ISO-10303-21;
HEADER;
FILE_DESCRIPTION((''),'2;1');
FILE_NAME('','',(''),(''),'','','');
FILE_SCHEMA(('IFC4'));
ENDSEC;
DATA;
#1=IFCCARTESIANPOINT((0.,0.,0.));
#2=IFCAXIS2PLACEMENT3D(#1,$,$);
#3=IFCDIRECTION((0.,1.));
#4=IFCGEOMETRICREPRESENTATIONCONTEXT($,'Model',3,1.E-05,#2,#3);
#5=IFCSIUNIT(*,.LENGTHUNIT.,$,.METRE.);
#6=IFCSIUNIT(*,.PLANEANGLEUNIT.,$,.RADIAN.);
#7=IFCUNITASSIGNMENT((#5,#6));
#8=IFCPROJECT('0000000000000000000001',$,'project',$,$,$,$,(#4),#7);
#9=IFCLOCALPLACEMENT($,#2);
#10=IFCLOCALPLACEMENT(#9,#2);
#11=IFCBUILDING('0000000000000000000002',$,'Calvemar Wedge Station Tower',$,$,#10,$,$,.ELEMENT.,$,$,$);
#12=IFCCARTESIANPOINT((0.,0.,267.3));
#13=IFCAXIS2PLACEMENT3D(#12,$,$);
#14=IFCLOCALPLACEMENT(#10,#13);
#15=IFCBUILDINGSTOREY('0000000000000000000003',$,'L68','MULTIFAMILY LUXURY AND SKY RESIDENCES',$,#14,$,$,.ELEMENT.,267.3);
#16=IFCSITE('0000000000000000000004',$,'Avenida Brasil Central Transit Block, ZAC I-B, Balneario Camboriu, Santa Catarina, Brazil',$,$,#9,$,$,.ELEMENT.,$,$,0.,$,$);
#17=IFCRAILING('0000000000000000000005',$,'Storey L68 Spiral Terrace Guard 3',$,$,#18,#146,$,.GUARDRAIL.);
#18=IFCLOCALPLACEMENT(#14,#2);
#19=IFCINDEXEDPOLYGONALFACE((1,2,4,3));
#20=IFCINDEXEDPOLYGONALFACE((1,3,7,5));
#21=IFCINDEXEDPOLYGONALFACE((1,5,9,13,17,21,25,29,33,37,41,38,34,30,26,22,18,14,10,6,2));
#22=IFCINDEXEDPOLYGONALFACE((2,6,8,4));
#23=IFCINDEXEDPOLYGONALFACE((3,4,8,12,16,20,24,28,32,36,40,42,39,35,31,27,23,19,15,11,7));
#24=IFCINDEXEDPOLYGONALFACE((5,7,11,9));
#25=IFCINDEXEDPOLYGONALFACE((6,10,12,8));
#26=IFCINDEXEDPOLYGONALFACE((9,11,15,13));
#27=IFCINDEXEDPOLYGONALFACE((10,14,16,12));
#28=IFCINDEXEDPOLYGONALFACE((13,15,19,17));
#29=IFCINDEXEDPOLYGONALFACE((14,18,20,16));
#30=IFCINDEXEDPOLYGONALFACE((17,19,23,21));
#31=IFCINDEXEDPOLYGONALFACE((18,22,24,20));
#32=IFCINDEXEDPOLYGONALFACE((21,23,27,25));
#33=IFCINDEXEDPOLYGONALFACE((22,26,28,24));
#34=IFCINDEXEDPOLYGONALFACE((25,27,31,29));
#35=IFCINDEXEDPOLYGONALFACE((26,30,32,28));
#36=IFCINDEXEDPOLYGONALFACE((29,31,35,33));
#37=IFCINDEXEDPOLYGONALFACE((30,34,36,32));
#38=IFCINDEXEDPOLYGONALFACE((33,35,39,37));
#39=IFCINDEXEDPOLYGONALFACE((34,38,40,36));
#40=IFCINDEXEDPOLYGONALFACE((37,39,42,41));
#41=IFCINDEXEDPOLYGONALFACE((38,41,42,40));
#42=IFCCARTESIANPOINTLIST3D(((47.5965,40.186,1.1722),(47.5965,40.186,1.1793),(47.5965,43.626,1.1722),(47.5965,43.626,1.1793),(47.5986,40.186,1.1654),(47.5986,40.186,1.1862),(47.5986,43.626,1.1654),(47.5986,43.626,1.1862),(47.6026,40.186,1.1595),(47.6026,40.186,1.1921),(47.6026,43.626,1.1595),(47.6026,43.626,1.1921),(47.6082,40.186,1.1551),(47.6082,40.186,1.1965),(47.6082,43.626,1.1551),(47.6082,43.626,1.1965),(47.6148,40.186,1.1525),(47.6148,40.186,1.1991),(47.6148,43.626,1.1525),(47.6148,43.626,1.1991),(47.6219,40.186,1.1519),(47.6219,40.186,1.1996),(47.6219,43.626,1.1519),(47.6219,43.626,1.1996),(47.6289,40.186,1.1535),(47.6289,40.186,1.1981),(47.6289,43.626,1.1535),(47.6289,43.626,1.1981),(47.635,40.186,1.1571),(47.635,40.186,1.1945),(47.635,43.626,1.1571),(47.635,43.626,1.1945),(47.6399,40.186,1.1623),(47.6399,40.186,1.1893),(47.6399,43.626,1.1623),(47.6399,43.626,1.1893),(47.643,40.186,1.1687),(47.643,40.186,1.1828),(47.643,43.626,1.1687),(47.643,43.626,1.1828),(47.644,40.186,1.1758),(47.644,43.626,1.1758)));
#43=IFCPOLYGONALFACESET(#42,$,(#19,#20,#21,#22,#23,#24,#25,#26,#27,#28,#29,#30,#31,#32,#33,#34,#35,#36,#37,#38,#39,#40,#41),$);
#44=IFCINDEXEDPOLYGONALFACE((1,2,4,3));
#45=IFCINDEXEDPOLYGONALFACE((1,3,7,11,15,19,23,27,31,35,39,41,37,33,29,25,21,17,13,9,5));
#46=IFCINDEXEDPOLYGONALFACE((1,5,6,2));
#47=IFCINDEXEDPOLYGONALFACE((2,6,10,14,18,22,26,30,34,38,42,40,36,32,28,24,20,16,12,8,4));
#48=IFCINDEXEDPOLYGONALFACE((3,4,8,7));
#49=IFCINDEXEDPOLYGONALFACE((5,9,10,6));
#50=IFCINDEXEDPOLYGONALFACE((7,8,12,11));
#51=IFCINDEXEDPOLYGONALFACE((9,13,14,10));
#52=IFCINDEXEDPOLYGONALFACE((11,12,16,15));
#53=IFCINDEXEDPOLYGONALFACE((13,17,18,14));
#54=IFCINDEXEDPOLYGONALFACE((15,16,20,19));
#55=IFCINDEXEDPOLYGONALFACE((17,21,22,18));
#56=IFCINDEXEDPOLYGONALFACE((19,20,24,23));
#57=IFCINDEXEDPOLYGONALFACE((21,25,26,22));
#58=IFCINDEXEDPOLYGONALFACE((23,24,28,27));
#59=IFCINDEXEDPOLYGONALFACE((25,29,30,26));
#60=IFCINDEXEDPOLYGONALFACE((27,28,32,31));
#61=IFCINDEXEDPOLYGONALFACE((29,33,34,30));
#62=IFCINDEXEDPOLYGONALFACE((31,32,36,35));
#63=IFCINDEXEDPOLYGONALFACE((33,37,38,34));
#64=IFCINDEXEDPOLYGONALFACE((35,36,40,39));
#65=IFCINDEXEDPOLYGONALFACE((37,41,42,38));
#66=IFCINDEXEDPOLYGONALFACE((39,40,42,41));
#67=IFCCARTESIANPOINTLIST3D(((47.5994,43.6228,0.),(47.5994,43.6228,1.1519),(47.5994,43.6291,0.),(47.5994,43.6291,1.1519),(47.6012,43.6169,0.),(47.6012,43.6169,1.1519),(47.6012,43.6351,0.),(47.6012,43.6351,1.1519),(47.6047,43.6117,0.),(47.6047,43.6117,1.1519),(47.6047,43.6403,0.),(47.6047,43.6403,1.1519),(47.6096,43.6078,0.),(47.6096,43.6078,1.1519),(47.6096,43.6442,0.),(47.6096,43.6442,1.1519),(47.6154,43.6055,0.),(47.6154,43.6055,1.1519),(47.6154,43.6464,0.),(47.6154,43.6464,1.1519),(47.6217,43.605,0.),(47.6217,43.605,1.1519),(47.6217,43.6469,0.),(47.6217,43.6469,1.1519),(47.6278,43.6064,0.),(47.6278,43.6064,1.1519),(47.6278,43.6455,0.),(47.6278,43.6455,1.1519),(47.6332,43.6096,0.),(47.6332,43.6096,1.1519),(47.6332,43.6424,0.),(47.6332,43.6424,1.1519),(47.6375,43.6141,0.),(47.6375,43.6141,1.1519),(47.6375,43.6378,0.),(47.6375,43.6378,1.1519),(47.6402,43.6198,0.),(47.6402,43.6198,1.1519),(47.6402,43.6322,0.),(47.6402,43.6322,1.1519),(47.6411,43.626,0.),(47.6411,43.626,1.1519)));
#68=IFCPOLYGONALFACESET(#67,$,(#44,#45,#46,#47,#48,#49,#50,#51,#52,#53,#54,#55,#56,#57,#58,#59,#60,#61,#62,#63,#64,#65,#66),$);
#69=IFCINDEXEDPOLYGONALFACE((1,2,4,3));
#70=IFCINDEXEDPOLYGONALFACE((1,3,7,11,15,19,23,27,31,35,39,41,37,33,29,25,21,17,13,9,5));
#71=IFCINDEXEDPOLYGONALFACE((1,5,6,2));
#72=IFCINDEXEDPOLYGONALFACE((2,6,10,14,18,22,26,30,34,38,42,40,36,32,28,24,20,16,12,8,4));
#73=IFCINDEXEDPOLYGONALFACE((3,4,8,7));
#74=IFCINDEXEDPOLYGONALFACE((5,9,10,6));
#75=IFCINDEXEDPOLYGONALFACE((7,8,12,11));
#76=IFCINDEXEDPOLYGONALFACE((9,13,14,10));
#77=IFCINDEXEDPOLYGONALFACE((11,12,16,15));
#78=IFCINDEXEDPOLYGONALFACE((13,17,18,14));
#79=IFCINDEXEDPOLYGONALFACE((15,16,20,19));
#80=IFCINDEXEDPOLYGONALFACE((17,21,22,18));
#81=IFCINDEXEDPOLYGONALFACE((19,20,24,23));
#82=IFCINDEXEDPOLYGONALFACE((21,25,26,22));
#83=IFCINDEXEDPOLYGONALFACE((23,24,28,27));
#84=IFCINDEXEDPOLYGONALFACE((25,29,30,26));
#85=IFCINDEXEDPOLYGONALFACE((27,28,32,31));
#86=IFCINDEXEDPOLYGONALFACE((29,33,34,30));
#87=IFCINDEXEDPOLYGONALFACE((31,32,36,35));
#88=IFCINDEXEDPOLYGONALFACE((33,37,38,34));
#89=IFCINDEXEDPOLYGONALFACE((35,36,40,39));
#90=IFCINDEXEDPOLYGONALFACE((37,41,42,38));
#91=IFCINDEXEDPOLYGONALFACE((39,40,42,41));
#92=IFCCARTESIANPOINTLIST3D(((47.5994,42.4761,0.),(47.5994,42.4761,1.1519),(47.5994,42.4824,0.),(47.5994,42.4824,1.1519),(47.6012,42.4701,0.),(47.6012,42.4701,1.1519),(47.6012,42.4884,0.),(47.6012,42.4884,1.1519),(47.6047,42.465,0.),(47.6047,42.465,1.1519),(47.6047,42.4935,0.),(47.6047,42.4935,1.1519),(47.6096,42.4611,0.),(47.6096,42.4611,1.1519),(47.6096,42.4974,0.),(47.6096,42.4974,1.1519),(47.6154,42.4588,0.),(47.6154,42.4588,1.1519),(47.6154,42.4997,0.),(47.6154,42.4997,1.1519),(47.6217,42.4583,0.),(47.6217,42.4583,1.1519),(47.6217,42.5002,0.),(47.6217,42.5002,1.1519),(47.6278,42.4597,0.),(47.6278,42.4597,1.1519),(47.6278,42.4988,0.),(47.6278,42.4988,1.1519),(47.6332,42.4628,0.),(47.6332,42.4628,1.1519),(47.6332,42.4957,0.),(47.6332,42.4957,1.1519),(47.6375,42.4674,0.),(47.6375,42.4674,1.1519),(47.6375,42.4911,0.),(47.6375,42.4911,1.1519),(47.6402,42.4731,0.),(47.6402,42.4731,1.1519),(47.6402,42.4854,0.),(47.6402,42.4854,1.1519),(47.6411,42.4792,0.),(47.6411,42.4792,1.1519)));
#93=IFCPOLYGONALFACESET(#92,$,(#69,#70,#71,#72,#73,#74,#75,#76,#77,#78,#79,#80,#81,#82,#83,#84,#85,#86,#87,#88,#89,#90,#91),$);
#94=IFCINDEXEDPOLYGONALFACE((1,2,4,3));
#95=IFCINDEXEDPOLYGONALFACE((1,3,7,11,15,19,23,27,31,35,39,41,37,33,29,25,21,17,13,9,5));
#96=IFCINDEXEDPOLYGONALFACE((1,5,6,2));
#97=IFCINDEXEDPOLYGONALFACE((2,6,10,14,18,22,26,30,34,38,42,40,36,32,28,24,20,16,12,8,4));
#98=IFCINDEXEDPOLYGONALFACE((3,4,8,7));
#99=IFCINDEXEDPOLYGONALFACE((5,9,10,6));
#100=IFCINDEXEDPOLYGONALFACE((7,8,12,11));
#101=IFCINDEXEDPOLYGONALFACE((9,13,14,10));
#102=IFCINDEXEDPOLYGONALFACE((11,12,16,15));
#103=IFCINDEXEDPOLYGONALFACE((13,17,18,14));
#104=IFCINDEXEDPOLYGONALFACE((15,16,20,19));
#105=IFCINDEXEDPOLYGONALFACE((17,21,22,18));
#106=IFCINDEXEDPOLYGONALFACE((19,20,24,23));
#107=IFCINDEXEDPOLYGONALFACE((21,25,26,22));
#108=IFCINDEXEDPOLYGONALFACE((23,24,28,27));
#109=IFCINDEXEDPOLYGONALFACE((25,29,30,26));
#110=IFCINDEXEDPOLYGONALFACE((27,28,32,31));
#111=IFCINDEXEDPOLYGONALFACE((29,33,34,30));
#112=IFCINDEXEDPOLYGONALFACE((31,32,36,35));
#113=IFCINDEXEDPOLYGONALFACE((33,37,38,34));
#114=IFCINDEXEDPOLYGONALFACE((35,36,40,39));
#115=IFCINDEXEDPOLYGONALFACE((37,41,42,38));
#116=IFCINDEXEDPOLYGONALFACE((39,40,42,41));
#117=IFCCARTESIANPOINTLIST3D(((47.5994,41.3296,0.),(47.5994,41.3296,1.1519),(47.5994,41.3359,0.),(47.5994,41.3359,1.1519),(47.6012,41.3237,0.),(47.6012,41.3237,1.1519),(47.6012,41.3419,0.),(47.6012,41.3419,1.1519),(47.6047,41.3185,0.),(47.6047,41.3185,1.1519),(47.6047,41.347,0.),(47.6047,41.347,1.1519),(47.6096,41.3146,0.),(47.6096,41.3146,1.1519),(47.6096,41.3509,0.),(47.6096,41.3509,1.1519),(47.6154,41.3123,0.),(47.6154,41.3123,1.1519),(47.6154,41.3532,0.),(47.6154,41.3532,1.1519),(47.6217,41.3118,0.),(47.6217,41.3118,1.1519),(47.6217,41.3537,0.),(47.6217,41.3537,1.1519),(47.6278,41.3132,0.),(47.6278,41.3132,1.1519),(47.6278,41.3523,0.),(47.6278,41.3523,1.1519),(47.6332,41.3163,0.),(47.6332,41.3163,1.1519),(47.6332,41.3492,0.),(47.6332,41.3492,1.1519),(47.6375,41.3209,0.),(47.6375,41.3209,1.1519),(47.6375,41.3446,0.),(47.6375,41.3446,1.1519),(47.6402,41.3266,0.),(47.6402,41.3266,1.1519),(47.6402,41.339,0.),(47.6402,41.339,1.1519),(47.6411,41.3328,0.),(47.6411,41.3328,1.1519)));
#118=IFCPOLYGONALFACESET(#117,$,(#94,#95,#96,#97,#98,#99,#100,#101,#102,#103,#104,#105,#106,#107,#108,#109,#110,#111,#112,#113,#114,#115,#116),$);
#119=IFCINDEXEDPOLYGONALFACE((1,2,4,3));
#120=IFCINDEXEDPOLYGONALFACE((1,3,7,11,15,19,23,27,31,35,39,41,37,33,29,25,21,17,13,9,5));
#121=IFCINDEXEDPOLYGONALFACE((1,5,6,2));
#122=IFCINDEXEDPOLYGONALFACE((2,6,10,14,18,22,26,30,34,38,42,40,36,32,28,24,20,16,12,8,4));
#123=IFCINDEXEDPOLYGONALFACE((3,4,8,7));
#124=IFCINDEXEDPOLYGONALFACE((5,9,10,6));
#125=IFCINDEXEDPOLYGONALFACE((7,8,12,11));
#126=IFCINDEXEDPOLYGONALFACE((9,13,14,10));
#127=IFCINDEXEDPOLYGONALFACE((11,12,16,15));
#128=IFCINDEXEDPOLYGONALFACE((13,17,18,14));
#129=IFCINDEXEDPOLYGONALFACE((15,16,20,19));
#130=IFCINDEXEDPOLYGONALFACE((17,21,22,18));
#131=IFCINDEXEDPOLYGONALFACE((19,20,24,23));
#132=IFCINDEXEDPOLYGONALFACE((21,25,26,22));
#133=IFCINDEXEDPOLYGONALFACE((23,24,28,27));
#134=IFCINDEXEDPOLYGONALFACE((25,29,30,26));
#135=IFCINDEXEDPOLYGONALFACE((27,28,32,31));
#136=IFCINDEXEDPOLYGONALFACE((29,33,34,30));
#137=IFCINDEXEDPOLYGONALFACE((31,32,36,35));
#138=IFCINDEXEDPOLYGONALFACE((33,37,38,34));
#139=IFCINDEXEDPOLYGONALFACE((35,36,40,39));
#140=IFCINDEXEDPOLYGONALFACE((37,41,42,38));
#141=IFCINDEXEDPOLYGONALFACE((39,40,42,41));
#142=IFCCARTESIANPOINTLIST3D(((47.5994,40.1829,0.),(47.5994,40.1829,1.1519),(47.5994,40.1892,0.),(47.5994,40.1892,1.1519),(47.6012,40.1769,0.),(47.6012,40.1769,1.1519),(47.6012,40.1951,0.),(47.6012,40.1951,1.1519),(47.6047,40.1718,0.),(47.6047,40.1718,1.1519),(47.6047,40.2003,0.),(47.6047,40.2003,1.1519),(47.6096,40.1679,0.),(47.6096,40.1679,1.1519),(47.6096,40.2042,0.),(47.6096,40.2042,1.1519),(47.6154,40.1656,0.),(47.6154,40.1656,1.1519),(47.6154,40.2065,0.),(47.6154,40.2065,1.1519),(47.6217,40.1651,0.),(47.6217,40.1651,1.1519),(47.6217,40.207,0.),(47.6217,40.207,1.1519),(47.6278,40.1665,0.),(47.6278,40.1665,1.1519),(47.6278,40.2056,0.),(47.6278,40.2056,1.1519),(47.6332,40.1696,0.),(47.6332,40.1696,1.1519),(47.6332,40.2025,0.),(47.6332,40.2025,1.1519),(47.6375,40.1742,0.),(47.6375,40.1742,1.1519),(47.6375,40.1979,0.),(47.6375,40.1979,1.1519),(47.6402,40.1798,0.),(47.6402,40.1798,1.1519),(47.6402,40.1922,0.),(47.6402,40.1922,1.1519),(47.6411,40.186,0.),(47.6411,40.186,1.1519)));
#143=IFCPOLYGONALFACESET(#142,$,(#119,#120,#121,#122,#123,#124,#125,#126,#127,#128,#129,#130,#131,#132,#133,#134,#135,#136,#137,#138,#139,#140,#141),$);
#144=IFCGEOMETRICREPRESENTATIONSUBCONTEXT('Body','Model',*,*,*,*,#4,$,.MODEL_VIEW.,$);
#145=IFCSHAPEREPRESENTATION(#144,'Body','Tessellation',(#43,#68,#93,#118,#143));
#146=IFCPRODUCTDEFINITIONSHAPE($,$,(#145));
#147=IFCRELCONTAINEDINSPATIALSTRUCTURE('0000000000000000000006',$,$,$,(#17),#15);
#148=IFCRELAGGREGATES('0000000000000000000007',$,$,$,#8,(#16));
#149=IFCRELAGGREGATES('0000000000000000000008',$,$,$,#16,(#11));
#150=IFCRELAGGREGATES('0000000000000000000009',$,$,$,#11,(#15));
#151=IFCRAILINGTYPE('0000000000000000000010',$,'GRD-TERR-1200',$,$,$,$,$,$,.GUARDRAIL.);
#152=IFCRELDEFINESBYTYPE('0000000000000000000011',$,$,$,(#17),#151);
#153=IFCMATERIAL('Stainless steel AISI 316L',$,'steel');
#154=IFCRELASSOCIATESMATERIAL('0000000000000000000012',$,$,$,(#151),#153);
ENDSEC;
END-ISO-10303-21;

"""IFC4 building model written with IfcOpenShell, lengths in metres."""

from ifc_helpers import new_model, si_unit, direction, frame, origin, origin_2d, place, context, subcontext, project, spatial, circle, extrude, material, type_object, element, save


model = new_model("IFC4")

# Units and contexts
model_context = context("Model", 3, precision=1e-05, world=origin(), true_north=direction((0.0, 1.0)))
body_context = subcontext(model_context, "Body", "Model", "MODEL_VIEW")
ifc_project = project(units=[si_unit("LENGTHUNIT", "METRE"), si_unit("PLANEANGLEUNIT", "RADIAN")], contexts=[model_context])

# Site, building, storey
site_placement = place(None, origin())
site = spatial("IfcSite", under=ifc_project, at=site_placement, Name="Avenida Brasil Central Transit Block, ZAC I-B, Balneario Camboriu, Santa Catarina, Brazil", CompositionType="ELEMENT", RefElevation=0.0)
building_placement = place(site_placement, origin())
building = spatial("IfcBuilding", under=site, at=building_placement, Name="Calvemar Wedge Station Tower", CompositionType="ELEMENT")
storey_placement = place(building_placement, frame((0.0, 0.0, 267.3)))
storey = spatial("IfcBuildingStorey", under=building, at=storey_placement, Name="L68", Description="MULTIFAMILY LUXURY AND SKY RESIDENCES", CompositionType="ELEMENT", Elevation=267.3)

# Railing
ifc_material_1 = material(Name="Stainless steel AISI 316L", Category="steel")
railing_type = type_object("IfcRailingType", Name="GRD-TERR-1200", PredefinedType="GUARDRAIL", material=ifc_material_1)
railing_1_placement = place(storey_placement, frame((47.6201, 43.626, 0.0)))
element("IfcRailing", 1, at=railing_1_placement, inside=storey, type_object=railing_type, Name="Storey L68 Spiral Terrace Guard 3", PredefinedType="GUARDRAIL", context=body_context, shape_type="SweptSolid", body=[
    extrude(circle(Radius=0.0239, at=origin_2d()), frame((0.0, 0.0, 1.1758), z_axis=(0.0, -1.0, 0.0), x_axis=(1.0, 0.0, 0.0)), (0.0, 0.0, 1.0), 3.4399),
    extrude(circle(Radius=0.021, at=origin_2d()), origin(), (0.0, 0.0, 1.0), 1.1519),
    extrude(circle(Radius=0.021, at=origin_2d()), frame((0.0, -1.1467, 0.0)), (0.0, 0.0, 1.0), 1.1519),
    extrude(circle(Radius=0.021, at=origin_2d()), frame((0.0, -2.2932, 0.0)), (0.0, 0.0, 1.0), 1.1519),
    extrude(circle(Radius=0.021, at=origin_2d()), frame((0.0, -3.4399, 0.0)), (0.0, 0.0, 1.0), 1.1519),
])

save(model, "model.ifc")
